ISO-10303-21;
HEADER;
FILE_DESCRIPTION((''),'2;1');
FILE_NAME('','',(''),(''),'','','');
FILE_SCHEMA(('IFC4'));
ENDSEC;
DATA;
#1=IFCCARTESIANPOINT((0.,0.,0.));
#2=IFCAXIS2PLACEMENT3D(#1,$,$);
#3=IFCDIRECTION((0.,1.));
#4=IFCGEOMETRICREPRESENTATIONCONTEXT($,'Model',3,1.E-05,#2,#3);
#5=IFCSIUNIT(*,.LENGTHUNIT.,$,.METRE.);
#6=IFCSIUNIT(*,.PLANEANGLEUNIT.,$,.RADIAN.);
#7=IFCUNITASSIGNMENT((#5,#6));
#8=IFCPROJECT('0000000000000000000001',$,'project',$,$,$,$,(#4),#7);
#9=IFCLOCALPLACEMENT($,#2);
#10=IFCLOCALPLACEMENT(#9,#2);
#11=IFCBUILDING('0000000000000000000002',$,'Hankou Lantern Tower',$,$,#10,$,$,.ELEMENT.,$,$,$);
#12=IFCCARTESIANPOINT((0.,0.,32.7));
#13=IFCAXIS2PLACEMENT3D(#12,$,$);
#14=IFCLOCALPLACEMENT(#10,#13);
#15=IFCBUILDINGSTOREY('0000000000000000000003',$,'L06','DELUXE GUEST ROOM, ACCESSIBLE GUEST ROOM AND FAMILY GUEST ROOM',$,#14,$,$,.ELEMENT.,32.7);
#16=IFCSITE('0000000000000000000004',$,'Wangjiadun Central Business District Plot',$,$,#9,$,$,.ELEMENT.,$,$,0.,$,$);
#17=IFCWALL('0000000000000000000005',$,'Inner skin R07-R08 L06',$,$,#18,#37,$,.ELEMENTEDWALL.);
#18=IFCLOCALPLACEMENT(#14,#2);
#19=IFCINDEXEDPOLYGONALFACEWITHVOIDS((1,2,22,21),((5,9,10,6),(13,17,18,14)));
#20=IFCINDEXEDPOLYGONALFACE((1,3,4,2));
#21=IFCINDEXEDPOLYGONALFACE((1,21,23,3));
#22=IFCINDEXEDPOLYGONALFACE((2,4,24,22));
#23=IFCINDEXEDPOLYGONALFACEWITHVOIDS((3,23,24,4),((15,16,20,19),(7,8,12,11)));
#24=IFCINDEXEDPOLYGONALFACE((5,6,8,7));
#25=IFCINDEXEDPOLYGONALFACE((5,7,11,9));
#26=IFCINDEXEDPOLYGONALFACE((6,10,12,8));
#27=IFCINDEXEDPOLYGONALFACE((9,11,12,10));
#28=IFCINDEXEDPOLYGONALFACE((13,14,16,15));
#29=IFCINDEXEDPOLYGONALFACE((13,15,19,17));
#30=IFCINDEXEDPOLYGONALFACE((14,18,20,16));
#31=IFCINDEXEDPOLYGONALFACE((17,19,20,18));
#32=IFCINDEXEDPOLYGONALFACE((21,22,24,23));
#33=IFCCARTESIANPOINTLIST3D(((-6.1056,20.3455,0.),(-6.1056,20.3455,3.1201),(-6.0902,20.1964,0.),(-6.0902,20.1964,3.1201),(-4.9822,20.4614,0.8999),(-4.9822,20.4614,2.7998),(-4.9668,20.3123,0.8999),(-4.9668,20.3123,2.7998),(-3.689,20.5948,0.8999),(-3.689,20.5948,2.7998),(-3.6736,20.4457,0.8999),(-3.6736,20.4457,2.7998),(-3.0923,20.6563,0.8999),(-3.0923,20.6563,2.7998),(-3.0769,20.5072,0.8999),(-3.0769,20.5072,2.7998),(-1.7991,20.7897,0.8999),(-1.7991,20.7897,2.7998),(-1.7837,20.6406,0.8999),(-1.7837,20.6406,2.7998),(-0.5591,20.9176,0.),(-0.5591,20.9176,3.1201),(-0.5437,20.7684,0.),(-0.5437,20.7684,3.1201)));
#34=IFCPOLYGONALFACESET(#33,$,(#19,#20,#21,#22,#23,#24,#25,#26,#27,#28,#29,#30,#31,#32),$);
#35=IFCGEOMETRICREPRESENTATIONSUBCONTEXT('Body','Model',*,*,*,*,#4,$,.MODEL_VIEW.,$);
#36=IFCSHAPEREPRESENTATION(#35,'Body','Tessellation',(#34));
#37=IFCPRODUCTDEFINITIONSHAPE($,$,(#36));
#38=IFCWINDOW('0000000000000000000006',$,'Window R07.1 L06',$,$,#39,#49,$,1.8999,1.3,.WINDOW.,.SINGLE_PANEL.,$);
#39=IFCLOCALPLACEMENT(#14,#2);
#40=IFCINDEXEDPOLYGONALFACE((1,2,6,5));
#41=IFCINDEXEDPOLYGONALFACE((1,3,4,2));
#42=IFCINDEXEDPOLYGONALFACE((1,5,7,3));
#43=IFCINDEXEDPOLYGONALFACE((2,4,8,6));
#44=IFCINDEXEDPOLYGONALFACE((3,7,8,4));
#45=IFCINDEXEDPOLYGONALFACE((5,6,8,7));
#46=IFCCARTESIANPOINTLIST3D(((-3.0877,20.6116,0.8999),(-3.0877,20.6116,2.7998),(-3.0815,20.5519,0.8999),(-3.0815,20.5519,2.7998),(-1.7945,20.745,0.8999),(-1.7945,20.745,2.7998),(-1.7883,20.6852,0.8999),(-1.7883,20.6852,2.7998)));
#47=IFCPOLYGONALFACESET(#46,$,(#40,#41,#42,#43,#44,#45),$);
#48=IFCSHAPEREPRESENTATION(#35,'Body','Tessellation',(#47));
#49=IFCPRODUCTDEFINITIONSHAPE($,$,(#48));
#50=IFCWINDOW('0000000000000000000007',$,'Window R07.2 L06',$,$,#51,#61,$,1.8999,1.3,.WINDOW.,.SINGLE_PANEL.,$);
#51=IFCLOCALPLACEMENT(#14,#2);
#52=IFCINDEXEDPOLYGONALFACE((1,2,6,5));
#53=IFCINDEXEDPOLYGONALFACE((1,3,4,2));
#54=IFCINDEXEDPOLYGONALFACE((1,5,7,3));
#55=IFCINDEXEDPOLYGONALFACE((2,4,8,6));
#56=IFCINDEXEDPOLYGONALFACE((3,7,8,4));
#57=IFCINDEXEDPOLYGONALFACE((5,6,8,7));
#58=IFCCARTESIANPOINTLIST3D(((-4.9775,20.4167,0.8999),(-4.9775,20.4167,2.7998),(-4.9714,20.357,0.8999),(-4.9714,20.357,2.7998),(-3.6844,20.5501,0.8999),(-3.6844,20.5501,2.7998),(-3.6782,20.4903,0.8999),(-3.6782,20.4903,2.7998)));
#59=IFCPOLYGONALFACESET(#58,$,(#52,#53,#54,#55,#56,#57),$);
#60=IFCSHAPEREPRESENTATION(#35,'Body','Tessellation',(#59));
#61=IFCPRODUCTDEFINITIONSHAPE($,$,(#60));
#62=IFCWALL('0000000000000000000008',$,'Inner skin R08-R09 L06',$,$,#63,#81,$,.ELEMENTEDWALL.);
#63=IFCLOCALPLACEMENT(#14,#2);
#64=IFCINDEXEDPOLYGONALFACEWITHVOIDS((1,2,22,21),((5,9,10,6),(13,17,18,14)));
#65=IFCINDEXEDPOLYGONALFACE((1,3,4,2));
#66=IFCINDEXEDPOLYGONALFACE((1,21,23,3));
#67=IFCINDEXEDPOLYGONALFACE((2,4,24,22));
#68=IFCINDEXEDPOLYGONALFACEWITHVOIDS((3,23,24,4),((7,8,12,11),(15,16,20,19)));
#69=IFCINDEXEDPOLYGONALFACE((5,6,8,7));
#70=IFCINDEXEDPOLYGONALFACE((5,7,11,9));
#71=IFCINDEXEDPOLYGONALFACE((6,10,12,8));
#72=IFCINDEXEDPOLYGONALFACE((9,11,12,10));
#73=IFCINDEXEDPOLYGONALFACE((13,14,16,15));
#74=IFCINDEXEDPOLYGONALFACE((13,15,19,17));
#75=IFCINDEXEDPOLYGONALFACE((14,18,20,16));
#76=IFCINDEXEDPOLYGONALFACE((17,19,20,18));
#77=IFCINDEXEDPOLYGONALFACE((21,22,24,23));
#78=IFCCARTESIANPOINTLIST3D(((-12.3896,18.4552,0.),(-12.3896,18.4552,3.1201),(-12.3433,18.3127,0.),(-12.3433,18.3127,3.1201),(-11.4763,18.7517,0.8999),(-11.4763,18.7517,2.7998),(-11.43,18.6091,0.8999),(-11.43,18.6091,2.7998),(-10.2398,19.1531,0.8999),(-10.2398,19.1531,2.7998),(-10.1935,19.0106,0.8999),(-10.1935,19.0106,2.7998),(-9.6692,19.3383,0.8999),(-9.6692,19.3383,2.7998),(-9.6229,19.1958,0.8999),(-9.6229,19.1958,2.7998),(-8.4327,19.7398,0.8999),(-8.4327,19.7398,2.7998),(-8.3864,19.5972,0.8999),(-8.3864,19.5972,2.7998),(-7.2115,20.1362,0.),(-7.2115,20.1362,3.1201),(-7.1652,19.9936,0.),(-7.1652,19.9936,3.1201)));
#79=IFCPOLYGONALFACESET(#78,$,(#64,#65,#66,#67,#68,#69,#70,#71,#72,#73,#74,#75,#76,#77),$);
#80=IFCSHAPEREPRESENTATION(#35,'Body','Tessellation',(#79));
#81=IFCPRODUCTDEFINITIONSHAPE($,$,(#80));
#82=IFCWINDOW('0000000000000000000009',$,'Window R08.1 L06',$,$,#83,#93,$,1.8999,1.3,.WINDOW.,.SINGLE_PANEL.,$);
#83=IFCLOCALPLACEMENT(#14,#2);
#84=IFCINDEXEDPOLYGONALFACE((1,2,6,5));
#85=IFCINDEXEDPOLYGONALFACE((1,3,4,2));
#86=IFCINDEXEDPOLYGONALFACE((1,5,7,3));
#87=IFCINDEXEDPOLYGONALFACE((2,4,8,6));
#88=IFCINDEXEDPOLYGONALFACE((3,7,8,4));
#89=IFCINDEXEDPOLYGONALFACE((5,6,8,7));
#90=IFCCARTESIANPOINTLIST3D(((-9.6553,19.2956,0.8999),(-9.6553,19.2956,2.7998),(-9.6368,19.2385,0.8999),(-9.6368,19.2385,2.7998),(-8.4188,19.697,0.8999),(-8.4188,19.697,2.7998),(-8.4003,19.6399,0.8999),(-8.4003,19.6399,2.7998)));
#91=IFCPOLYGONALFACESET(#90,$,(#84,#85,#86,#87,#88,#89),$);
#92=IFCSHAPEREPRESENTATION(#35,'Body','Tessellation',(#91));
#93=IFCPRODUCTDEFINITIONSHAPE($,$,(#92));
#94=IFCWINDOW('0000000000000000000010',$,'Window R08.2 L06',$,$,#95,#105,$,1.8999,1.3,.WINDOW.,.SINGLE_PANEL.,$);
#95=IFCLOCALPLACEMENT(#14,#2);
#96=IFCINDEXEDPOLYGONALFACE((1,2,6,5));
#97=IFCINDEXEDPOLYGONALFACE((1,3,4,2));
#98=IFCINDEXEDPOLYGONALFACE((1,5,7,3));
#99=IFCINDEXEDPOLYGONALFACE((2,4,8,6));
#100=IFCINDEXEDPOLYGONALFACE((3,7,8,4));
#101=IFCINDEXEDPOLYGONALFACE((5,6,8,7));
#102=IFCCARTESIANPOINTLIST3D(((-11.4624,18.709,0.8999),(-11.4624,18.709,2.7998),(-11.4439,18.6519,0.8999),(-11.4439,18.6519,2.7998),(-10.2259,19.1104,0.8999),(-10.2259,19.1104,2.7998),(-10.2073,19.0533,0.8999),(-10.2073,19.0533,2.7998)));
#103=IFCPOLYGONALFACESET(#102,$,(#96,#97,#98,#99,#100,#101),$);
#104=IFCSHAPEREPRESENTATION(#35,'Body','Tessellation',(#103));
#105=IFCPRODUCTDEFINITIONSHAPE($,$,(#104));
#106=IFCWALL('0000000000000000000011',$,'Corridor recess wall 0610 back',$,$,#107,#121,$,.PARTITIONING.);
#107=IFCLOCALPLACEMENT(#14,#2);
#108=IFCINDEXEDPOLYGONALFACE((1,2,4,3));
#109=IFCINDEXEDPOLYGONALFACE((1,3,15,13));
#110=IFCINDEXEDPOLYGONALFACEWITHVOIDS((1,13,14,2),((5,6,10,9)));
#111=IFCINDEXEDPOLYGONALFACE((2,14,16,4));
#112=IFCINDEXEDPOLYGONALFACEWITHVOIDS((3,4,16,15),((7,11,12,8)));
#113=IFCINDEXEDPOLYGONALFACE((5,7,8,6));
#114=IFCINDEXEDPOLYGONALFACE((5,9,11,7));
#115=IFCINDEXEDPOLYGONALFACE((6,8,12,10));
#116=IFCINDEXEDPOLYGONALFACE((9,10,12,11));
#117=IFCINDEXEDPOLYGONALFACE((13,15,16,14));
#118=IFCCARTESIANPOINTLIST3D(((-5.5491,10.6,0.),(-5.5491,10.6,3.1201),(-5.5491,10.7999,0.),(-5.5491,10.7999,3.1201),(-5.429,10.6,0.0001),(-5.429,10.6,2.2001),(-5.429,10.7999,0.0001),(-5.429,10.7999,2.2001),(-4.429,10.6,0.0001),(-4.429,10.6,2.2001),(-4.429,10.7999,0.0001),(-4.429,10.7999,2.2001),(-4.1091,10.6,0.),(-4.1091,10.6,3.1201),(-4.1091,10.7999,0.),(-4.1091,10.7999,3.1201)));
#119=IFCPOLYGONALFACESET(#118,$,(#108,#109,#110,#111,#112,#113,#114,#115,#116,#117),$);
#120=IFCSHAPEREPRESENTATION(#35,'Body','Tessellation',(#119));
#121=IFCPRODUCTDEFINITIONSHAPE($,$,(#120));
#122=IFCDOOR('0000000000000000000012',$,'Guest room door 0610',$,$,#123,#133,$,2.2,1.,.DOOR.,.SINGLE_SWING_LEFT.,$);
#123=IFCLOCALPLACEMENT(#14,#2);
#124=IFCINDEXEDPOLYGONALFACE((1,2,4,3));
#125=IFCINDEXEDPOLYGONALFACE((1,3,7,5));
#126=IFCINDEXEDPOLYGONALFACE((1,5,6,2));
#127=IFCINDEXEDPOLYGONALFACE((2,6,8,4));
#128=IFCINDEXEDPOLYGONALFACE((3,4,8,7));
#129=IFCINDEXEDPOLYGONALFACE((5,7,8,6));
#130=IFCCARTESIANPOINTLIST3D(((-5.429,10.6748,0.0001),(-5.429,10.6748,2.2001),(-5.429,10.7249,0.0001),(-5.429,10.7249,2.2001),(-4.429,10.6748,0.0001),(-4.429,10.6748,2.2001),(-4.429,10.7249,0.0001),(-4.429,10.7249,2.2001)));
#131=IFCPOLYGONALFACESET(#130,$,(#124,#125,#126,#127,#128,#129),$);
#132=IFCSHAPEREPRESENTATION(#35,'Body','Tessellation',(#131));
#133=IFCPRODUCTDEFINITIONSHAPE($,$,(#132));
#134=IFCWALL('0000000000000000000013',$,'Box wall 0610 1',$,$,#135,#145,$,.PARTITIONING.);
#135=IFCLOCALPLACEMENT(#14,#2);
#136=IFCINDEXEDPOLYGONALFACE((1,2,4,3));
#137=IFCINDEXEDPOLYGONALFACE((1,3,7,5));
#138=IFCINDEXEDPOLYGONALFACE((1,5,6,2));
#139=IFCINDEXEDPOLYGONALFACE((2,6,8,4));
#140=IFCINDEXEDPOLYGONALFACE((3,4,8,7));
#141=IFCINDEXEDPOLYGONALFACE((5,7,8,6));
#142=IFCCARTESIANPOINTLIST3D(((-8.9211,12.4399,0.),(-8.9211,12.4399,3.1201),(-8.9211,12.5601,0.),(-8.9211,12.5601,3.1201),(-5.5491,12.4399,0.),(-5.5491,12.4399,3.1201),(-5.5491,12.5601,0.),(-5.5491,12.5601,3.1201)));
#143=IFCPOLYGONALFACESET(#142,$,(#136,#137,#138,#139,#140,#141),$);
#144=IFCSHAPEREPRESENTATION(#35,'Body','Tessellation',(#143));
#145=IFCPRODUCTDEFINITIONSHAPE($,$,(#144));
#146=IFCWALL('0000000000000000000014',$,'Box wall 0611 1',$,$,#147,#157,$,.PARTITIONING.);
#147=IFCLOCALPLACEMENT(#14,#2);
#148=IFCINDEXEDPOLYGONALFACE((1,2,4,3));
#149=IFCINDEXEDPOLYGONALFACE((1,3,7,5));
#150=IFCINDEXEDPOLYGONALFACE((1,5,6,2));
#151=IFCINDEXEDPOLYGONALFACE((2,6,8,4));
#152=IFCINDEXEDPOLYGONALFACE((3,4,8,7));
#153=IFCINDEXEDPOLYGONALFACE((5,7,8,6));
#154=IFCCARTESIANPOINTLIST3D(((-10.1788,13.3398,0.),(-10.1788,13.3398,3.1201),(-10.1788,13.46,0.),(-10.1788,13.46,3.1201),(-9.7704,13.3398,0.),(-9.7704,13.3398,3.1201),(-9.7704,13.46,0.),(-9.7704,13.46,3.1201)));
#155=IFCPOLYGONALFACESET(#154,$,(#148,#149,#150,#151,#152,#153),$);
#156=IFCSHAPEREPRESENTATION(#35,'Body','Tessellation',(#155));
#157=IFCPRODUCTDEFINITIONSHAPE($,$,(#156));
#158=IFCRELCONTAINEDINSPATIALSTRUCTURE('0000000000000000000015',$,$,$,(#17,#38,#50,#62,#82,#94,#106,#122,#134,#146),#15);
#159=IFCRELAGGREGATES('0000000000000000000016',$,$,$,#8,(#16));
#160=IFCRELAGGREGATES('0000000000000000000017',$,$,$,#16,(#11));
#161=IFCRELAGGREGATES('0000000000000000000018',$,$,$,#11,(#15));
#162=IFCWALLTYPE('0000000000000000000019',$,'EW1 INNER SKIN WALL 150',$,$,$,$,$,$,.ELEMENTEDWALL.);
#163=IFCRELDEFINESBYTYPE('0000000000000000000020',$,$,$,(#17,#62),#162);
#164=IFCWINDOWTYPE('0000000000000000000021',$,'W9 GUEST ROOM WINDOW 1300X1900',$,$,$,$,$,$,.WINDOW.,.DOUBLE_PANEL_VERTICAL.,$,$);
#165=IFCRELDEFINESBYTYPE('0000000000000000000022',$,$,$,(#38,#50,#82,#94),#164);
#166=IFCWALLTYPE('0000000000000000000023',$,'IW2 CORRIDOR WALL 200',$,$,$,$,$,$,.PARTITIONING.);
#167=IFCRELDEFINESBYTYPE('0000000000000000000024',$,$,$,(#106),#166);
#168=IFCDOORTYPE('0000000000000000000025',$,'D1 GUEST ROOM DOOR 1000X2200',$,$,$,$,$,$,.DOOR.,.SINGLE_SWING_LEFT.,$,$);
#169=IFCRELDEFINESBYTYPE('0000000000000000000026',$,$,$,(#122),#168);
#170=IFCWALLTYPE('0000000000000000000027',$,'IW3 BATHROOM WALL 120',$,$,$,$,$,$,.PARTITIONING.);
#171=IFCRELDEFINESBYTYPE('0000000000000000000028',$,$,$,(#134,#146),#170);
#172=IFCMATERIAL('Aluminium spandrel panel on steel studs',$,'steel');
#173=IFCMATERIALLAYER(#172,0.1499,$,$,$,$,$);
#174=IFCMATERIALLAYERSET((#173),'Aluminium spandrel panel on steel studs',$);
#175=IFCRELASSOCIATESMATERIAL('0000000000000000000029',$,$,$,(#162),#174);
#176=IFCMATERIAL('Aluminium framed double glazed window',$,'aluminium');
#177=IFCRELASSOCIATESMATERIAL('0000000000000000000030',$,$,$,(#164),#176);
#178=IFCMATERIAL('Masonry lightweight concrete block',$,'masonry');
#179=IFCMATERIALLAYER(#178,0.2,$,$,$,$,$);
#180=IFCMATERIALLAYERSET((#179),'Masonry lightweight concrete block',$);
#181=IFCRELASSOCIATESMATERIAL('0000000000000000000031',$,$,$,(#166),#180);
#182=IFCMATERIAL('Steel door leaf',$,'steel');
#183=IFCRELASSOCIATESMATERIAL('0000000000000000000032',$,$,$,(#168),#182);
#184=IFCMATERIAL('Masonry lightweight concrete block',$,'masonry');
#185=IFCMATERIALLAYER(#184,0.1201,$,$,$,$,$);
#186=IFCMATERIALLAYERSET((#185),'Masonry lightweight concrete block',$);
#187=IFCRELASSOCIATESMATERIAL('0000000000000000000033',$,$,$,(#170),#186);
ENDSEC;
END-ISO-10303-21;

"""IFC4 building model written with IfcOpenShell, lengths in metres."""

from ifc_helpers import new_model, si_unit, direction, frame, frame_2d, origin, place, context, subcontext, project, spatial, rectangle, extrude, material, layer, layer_set, type_object, element, fill, save


model = new_model("IFC4")

# Units and contexts
model_context = context("Model", 3, precision=1e-05, world=origin(), true_north=direction((0.0, 1.0)))
body_context = subcontext(model_context, "Body", "Model", "MODEL_VIEW")
ifc_project = project(units=[si_unit("LENGTHUNIT", "METRE"), si_unit("PLANEANGLEUNIT", "RADIAN")], contexts=[model_context])

# Site, building, storey
site_placement = place(None, origin())
site = spatial("IfcSite", under=ifc_project, at=site_placement, Name="Wangjiadun Central Business District Plot", CompositionType="ELEMENT", RefElevation=0.0)
building_placement = place(site_placement, origin())
building = spatial("IfcBuilding", under=site, at=building_placement, Name="Hankou Lantern Tower", CompositionType="ELEMENT")
storey_placement = place(building_placement, frame((0.0, 0.0, 32.7)))
storey = spatial("IfcBuildingStorey", under=building, at=storey_placement, Name="L06", Description="DELUXE GUEST ROOM, ACCESSIBLE GUEST ROOM AND FAMILY GUEST ROOM", CompositionType="ELEMENT", Elevation=32.7)

# Walls, openings, windows
ifc_material_1 = material(Name="Aluminium spandrel panel on steel studs", Category="steel")
ifc_layer_1 = layer(ifc_material_1, 0.1499)
ifc_layer_set_1 = layer_set([ifc_layer_1], Name="Aluminium spandrel panel on steel studs")
wall_type_1 = type_object("IfcWallType", Name="EW1 INNER SKIN WALL 150", PredefinedType="ELEMENTEDWALL", material=ifc_layer_set_1)
wall_1_placement = place(storey_placement, frame((-0.5513, 20.843, 0.0), z_axis=(0.0, 0.0, 1.0), x_axis=(-0.994724, -0.10259, 0.0)))
wall_1 = element("IfcWall", 1, at=wall_1_placement, inside=storey, type_object=wall_type_1, Name="Inner skin R07-R08 L06", PredefinedType="ELEMENTEDWALL", context=body_context, shape_type="SweptSolid", body=[
    extrude(rectangle(XDim=5.5759, YDim=0.1499, at=frame_2d((2.7881, 0.0))), origin(), (0.0, 0.0, 1.0), 3.1201),
])
opening_1_placement = place(wall_1_placement, frame((1.2468, 0.0, 0.8999)))
opening_1 = element("IfcOpeningElement", 2, at=opening_1_placement, cuts=wall_1, PredefinedType="OPENING", context=body_context, shape_type="SweptSolid", body=[
    extrude(rectangle(XDim=1.3, YDim=1.8999, at=frame_2d((0.6499, 0.95))), frame((0.0, 0.085, 0.0), z_axis=(0.0, -1.0, 0.0), x_axis=(1.0, 0.0, 0.0)), (0.0, 0.0, 1.0), 0.1699),
])
opening_2_placement = place(wall_1_placement, frame((3.1467, 0.0, 0.8999)))
opening_2 = element("IfcOpeningElement", 3, at=opening_2_placement, cuts=wall_1, PredefinedType="OPENING", context=body_context, shape_type="SweptSolid", body=[
    extrude(rectangle(XDim=1.3, YDim=1.8999, at=frame_2d((0.6499, 0.95))), frame((0.0, 0.085, 0.0), z_axis=(0.0, -1.0, 0.0), x_axis=(1.0, 0.0, 0.0)), (0.0, 0.0, 1.0), 0.1699),
])
ifc_material_2 = material(Name="Aluminium framed double glazed window", Category="aluminium")
window_type = type_object("IfcWindowType", Name="W9 GUEST ROOM WINDOW 1300X1900", PartitioningType="DOUBLE_PANEL_VERTICAL", PredefinedType="WINDOW", material=ifc_material_2)
window_1_placement = place(opening_1_placement, origin())
window_1 = element("IfcWindow", 4, at=window_1_placement, inside=storey, type_object=window_type, Name="Window R07.1 L06", OverallHeight=1.8999, OverallWidth=1.3, PartitioningType="SINGLE_PANEL", PredefinedType="WINDOW", context=body_context, shape_type="SweptSolid", body=[
    extrude(rectangle(XDim=1.3, YDim=1.8999, at=frame_2d((0.6499, 0.95))), frame((0.0, 0.03, 0.0), z_axis=(0.0, -1.0, 0.0), x_axis=(1.0, 0.0, 0.0)), (0.0, 0.0, 1.0), 0.0601),
])
fill(opening_1, window_1)
window_2_placement = place(opening_2_placement, origin())
window_2 = element("IfcWindow", 5, at=window_2_placement, inside=storey, type_object=window_type, Name="Window R07.2 L06", OverallHeight=1.8999, OverallWidth=1.3, PartitioningType="SINGLE_PANEL", PredefinedType="WINDOW", context=body_context, shape_type="SweptSolid", body=[
    extrude(rectangle(XDim=1.3, YDim=1.8999, at=frame_2d((0.6499, 0.95))), frame((0.0, 0.03, 0.0), z_axis=(0.0, -1.0, 0.0), x_axis=(1.0, 0.0, 0.0)), (0.0, 0.0, 1.0), 0.0601),
])
fill(opening_2, window_2)
wall_2_placement = place(storey_placement, frame((-7.1882, 20.0649, 0.0), z_axis=(0.0, 0.0, 1.0), x_axis=(-0.951138, -0.308765, 0.0)))
wall_2 = element("IfcWall", 6, at=wall_2_placement, inside=storey, type_object=wall_type_1, Name="Inner skin R08-R09 L06", PredefinedType="ELEMENTEDWALL", context=body_context, shape_type="SweptSolid", body=[
    extrude(rectangle(XDim=5.4441, YDim=0.1499, at=frame_2d((2.7222, 0.0))), origin(), (0.0, 0.0, 1.0), 3.1201),
])
opening_3_placement = place(wall_2_placement, frame((1.2842, 0.0, 0.8999)))
opening_3 = element("IfcOpeningElement", 7, at=opening_3_placement, cuts=wall_2, PredefinedType="OPENING", context=body_context, shape_type="SweptSolid", body=[
    extrude(rectangle(XDim=1.3, YDim=1.8999, at=frame_2d((0.6499, 0.95))), frame((0.0, 0.085, 0.0), z_axis=(0.0, -1.0, 0.0), x_axis=(1.0, 0.0, 0.0)), (0.0, 0.0, 1.0), 0.1699),
])
opening_4_placement = place(wall_2_placement, frame((3.1841, 0.0, 0.8999)))
opening_4 = element("IfcOpeningElement", 8, at=opening_4_placement, cuts=wall_2, PredefinedType="OPENING", context=body_context, shape_type="SweptSolid", body=[
    extrude(rectangle(XDim=1.3, YDim=1.8999, at=frame_2d((0.6499, 0.95))), frame((0.0, 0.085, 0.0), z_axis=(0.0, -1.0, 0.0), x_axis=(1.0, 0.0, 0.0)), (0.0, 0.0, 1.0), 0.1699),
])
window_3_placement = place(opening_3_placement, origin())
window_3 = element("IfcWindow", 9, at=window_3_placement, inside=storey, type_object=window_type, Name="Window R08.1 L06", OverallHeight=1.8999, OverallWidth=1.3, PartitioningType="SINGLE_PANEL", PredefinedType="WINDOW", context=body_context, shape_type="SweptSolid", body=[
    extrude(rectangle(XDim=1.3, YDim=1.8999, at=frame_2d((0.6499, 0.95))), frame((0.0, 0.03, 0.0), z_axis=(0.0, -1.0, 0.0), x_axis=(1.0, 0.0, 0.0)), (0.0, 0.0, 1.0), 0.0601),
])
fill(opening_3, window_3)
window_4_placement = place(opening_4_placement, origin())
window_4 = element("IfcWindow", 10, at=window_4_placement, inside=storey, type_object=window_type, Name="Window R08.2 L06", OverallHeight=1.8999, OverallWidth=1.3, PartitioningType="SINGLE_PANEL", PredefinedType="WINDOW", context=body_context, shape_type="SweptSolid", body=[
    extrude(rectangle(XDim=1.3, YDim=1.8999, at=frame_2d((0.6499, 0.95))), frame((0.0, 0.03, 0.0), z_axis=(0.0, -1.0, 0.0), x_axis=(1.0, 0.0, 0.0)), (0.0, 0.0, 1.0), 0.0601),
])
fill(opening_4, window_4)

# Wall, opening, door
ifc_material_3 = material(Name="Masonry lightweight concrete block", Category="masonry")
ifc_layer_2 = layer(ifc_material_3, 0.2)
ifc_layer_set_2 = layer_set([ifc_layer_2], Name="Masonry lightweight concrete block")
wall_type_2 = type_object("IfcWallType", Name="IW2 CORRIDOR WALL 200", PredefinedType="PARTITIONING", material=ifc_layer_set_2)
wall_3_placement = place(storey_placement, frame((-5.5491, 10.7, 0.0), z_axis=(0.0, 0.0, 1.0), x_axis=(1.0, 0.0, 0.0)))
wall_3 = element("IfcWall", 11, at=wall_3_placement, inside=storey, type_object=wall_type_2, Name="Corridor recess wall 0610 back", PredefinedType="PARTITIONING", context=body_context, shape_type="SweptSolid", body=[
    extrude(rectangle(XDim=1.4399, YDim=0.2, at=frame_2d((0.72, 0.0))), origin(), (0.0, 0.0, 1.0), 3.1201),
])
opening_5_placement = place(wall_3_placement, frame((0.1201, 0.0, 0.0)))
opening_5 = element("IfcOpeningElement", 12, at=opening_5_placement, cuts=wall_3, PredefinedType="OPENING", context=body_context, shape_type="SweptSolid", body=[
    extrude(rectangle(XDim=1.0, YDim=2.2, at=frame_2d((0.5, 1.1001))), frame((0.0, 0.1099, 0.0), z_axis=(0.0, -1.0, 0.0), x_axis=(1.0, 0.0, 0.0)), (0.0, 0.0, 1.0), 0.22),
])
ifc_material_4 = material(Name="Steel door leaf", Category="steel")
door_type = type_object("IfcDoorType", Name="D1 GUEST ROOM DOOR 1000X2200", OperationType="SINGLE_SWING_LEFT", PredefinedType="DOOR", material=ifc_material_4)
door_placement = place(opening_5_placement, origin())
door = element("IfcDoor", 13, at=door_placement, inside=storey, type_object=door_type, Name="Guest room door 0610", OperationType="SINGLE_SWING_LEFT", OverallHeight=2.2, OverallWidth=1.0, PredefinedType="DOOR", context=body_context, shape_type="SweptSolid", body=[
    extrude(rectangle(XDim=1.0, YDim=2.2, at=frame_2d((0.5, 1.1001))), frame((0.0, 0.0249, 0.0), z_axis=(0.0, -1.0, 0.0), x_axis=(1.0, 0.0, 0.0)), (0.0, 0.0, 1.0), 0.05),
])
fill(opening_5, door)

# Walls
ifc_material_5 = material(Name="Masonry lightweight concrete block", Category="masonry")
ifc_layer_3 = layer(ifc_material_5, 0.1201)
ifc_layer_set_3 = layer_set([ifc_layer_3], Name="Masonry lightweight concrete block")
wall_type_3 = type_object("IfcWallType", Name="IW3 BATHROOM WALL 120", PredefinedType="PARTITIONING", material=ifc_layer_set_3)
wall_4_placement = place(storey_placement, frame((-8.9211, 12.5, 0.0), z_axis=(0.0, 0.0, 1.0), x_axis=(1.0, 0.0, 0.0)))
element("IfcWall", 14, at=wall_4_placement, inside=storey, type_object=wall_type_3, Name="Box wall 0610 1", PredefinedType="PARTITIONING", context=body_context, shape_type="SweptSolid", body=[
    extrude(rectangle(XDim=3.3721, YDim=0.1201, at=frame_2d((1.686, 0.0))), origin(), (0.0, 0.0, 1.0), 3.1201),
])
wall_5_placement = place(storey_placement, frame((-9.7705, 13.3999, 0.0), z_axis=(0.0, 0.0, 1.0), x_axis=(-1.0, 0.0, 0.0)))
element("IfcWall", 15, at=wall_5_placement, inside=storey, type_object=wall_type_3, Name="Box wall 0611 1", PredefinedType="PARTITIONING", context=body_context, shape_type="SweptSolid", body=[
    extrude(rectangle(XDim=0.4084, YDim=0.1201, at=frame_2d((0.2041, 0.0))), origin(), (0.0, 0.0, 1.0), 3.1201),
])

save(model, "model.ifc")
